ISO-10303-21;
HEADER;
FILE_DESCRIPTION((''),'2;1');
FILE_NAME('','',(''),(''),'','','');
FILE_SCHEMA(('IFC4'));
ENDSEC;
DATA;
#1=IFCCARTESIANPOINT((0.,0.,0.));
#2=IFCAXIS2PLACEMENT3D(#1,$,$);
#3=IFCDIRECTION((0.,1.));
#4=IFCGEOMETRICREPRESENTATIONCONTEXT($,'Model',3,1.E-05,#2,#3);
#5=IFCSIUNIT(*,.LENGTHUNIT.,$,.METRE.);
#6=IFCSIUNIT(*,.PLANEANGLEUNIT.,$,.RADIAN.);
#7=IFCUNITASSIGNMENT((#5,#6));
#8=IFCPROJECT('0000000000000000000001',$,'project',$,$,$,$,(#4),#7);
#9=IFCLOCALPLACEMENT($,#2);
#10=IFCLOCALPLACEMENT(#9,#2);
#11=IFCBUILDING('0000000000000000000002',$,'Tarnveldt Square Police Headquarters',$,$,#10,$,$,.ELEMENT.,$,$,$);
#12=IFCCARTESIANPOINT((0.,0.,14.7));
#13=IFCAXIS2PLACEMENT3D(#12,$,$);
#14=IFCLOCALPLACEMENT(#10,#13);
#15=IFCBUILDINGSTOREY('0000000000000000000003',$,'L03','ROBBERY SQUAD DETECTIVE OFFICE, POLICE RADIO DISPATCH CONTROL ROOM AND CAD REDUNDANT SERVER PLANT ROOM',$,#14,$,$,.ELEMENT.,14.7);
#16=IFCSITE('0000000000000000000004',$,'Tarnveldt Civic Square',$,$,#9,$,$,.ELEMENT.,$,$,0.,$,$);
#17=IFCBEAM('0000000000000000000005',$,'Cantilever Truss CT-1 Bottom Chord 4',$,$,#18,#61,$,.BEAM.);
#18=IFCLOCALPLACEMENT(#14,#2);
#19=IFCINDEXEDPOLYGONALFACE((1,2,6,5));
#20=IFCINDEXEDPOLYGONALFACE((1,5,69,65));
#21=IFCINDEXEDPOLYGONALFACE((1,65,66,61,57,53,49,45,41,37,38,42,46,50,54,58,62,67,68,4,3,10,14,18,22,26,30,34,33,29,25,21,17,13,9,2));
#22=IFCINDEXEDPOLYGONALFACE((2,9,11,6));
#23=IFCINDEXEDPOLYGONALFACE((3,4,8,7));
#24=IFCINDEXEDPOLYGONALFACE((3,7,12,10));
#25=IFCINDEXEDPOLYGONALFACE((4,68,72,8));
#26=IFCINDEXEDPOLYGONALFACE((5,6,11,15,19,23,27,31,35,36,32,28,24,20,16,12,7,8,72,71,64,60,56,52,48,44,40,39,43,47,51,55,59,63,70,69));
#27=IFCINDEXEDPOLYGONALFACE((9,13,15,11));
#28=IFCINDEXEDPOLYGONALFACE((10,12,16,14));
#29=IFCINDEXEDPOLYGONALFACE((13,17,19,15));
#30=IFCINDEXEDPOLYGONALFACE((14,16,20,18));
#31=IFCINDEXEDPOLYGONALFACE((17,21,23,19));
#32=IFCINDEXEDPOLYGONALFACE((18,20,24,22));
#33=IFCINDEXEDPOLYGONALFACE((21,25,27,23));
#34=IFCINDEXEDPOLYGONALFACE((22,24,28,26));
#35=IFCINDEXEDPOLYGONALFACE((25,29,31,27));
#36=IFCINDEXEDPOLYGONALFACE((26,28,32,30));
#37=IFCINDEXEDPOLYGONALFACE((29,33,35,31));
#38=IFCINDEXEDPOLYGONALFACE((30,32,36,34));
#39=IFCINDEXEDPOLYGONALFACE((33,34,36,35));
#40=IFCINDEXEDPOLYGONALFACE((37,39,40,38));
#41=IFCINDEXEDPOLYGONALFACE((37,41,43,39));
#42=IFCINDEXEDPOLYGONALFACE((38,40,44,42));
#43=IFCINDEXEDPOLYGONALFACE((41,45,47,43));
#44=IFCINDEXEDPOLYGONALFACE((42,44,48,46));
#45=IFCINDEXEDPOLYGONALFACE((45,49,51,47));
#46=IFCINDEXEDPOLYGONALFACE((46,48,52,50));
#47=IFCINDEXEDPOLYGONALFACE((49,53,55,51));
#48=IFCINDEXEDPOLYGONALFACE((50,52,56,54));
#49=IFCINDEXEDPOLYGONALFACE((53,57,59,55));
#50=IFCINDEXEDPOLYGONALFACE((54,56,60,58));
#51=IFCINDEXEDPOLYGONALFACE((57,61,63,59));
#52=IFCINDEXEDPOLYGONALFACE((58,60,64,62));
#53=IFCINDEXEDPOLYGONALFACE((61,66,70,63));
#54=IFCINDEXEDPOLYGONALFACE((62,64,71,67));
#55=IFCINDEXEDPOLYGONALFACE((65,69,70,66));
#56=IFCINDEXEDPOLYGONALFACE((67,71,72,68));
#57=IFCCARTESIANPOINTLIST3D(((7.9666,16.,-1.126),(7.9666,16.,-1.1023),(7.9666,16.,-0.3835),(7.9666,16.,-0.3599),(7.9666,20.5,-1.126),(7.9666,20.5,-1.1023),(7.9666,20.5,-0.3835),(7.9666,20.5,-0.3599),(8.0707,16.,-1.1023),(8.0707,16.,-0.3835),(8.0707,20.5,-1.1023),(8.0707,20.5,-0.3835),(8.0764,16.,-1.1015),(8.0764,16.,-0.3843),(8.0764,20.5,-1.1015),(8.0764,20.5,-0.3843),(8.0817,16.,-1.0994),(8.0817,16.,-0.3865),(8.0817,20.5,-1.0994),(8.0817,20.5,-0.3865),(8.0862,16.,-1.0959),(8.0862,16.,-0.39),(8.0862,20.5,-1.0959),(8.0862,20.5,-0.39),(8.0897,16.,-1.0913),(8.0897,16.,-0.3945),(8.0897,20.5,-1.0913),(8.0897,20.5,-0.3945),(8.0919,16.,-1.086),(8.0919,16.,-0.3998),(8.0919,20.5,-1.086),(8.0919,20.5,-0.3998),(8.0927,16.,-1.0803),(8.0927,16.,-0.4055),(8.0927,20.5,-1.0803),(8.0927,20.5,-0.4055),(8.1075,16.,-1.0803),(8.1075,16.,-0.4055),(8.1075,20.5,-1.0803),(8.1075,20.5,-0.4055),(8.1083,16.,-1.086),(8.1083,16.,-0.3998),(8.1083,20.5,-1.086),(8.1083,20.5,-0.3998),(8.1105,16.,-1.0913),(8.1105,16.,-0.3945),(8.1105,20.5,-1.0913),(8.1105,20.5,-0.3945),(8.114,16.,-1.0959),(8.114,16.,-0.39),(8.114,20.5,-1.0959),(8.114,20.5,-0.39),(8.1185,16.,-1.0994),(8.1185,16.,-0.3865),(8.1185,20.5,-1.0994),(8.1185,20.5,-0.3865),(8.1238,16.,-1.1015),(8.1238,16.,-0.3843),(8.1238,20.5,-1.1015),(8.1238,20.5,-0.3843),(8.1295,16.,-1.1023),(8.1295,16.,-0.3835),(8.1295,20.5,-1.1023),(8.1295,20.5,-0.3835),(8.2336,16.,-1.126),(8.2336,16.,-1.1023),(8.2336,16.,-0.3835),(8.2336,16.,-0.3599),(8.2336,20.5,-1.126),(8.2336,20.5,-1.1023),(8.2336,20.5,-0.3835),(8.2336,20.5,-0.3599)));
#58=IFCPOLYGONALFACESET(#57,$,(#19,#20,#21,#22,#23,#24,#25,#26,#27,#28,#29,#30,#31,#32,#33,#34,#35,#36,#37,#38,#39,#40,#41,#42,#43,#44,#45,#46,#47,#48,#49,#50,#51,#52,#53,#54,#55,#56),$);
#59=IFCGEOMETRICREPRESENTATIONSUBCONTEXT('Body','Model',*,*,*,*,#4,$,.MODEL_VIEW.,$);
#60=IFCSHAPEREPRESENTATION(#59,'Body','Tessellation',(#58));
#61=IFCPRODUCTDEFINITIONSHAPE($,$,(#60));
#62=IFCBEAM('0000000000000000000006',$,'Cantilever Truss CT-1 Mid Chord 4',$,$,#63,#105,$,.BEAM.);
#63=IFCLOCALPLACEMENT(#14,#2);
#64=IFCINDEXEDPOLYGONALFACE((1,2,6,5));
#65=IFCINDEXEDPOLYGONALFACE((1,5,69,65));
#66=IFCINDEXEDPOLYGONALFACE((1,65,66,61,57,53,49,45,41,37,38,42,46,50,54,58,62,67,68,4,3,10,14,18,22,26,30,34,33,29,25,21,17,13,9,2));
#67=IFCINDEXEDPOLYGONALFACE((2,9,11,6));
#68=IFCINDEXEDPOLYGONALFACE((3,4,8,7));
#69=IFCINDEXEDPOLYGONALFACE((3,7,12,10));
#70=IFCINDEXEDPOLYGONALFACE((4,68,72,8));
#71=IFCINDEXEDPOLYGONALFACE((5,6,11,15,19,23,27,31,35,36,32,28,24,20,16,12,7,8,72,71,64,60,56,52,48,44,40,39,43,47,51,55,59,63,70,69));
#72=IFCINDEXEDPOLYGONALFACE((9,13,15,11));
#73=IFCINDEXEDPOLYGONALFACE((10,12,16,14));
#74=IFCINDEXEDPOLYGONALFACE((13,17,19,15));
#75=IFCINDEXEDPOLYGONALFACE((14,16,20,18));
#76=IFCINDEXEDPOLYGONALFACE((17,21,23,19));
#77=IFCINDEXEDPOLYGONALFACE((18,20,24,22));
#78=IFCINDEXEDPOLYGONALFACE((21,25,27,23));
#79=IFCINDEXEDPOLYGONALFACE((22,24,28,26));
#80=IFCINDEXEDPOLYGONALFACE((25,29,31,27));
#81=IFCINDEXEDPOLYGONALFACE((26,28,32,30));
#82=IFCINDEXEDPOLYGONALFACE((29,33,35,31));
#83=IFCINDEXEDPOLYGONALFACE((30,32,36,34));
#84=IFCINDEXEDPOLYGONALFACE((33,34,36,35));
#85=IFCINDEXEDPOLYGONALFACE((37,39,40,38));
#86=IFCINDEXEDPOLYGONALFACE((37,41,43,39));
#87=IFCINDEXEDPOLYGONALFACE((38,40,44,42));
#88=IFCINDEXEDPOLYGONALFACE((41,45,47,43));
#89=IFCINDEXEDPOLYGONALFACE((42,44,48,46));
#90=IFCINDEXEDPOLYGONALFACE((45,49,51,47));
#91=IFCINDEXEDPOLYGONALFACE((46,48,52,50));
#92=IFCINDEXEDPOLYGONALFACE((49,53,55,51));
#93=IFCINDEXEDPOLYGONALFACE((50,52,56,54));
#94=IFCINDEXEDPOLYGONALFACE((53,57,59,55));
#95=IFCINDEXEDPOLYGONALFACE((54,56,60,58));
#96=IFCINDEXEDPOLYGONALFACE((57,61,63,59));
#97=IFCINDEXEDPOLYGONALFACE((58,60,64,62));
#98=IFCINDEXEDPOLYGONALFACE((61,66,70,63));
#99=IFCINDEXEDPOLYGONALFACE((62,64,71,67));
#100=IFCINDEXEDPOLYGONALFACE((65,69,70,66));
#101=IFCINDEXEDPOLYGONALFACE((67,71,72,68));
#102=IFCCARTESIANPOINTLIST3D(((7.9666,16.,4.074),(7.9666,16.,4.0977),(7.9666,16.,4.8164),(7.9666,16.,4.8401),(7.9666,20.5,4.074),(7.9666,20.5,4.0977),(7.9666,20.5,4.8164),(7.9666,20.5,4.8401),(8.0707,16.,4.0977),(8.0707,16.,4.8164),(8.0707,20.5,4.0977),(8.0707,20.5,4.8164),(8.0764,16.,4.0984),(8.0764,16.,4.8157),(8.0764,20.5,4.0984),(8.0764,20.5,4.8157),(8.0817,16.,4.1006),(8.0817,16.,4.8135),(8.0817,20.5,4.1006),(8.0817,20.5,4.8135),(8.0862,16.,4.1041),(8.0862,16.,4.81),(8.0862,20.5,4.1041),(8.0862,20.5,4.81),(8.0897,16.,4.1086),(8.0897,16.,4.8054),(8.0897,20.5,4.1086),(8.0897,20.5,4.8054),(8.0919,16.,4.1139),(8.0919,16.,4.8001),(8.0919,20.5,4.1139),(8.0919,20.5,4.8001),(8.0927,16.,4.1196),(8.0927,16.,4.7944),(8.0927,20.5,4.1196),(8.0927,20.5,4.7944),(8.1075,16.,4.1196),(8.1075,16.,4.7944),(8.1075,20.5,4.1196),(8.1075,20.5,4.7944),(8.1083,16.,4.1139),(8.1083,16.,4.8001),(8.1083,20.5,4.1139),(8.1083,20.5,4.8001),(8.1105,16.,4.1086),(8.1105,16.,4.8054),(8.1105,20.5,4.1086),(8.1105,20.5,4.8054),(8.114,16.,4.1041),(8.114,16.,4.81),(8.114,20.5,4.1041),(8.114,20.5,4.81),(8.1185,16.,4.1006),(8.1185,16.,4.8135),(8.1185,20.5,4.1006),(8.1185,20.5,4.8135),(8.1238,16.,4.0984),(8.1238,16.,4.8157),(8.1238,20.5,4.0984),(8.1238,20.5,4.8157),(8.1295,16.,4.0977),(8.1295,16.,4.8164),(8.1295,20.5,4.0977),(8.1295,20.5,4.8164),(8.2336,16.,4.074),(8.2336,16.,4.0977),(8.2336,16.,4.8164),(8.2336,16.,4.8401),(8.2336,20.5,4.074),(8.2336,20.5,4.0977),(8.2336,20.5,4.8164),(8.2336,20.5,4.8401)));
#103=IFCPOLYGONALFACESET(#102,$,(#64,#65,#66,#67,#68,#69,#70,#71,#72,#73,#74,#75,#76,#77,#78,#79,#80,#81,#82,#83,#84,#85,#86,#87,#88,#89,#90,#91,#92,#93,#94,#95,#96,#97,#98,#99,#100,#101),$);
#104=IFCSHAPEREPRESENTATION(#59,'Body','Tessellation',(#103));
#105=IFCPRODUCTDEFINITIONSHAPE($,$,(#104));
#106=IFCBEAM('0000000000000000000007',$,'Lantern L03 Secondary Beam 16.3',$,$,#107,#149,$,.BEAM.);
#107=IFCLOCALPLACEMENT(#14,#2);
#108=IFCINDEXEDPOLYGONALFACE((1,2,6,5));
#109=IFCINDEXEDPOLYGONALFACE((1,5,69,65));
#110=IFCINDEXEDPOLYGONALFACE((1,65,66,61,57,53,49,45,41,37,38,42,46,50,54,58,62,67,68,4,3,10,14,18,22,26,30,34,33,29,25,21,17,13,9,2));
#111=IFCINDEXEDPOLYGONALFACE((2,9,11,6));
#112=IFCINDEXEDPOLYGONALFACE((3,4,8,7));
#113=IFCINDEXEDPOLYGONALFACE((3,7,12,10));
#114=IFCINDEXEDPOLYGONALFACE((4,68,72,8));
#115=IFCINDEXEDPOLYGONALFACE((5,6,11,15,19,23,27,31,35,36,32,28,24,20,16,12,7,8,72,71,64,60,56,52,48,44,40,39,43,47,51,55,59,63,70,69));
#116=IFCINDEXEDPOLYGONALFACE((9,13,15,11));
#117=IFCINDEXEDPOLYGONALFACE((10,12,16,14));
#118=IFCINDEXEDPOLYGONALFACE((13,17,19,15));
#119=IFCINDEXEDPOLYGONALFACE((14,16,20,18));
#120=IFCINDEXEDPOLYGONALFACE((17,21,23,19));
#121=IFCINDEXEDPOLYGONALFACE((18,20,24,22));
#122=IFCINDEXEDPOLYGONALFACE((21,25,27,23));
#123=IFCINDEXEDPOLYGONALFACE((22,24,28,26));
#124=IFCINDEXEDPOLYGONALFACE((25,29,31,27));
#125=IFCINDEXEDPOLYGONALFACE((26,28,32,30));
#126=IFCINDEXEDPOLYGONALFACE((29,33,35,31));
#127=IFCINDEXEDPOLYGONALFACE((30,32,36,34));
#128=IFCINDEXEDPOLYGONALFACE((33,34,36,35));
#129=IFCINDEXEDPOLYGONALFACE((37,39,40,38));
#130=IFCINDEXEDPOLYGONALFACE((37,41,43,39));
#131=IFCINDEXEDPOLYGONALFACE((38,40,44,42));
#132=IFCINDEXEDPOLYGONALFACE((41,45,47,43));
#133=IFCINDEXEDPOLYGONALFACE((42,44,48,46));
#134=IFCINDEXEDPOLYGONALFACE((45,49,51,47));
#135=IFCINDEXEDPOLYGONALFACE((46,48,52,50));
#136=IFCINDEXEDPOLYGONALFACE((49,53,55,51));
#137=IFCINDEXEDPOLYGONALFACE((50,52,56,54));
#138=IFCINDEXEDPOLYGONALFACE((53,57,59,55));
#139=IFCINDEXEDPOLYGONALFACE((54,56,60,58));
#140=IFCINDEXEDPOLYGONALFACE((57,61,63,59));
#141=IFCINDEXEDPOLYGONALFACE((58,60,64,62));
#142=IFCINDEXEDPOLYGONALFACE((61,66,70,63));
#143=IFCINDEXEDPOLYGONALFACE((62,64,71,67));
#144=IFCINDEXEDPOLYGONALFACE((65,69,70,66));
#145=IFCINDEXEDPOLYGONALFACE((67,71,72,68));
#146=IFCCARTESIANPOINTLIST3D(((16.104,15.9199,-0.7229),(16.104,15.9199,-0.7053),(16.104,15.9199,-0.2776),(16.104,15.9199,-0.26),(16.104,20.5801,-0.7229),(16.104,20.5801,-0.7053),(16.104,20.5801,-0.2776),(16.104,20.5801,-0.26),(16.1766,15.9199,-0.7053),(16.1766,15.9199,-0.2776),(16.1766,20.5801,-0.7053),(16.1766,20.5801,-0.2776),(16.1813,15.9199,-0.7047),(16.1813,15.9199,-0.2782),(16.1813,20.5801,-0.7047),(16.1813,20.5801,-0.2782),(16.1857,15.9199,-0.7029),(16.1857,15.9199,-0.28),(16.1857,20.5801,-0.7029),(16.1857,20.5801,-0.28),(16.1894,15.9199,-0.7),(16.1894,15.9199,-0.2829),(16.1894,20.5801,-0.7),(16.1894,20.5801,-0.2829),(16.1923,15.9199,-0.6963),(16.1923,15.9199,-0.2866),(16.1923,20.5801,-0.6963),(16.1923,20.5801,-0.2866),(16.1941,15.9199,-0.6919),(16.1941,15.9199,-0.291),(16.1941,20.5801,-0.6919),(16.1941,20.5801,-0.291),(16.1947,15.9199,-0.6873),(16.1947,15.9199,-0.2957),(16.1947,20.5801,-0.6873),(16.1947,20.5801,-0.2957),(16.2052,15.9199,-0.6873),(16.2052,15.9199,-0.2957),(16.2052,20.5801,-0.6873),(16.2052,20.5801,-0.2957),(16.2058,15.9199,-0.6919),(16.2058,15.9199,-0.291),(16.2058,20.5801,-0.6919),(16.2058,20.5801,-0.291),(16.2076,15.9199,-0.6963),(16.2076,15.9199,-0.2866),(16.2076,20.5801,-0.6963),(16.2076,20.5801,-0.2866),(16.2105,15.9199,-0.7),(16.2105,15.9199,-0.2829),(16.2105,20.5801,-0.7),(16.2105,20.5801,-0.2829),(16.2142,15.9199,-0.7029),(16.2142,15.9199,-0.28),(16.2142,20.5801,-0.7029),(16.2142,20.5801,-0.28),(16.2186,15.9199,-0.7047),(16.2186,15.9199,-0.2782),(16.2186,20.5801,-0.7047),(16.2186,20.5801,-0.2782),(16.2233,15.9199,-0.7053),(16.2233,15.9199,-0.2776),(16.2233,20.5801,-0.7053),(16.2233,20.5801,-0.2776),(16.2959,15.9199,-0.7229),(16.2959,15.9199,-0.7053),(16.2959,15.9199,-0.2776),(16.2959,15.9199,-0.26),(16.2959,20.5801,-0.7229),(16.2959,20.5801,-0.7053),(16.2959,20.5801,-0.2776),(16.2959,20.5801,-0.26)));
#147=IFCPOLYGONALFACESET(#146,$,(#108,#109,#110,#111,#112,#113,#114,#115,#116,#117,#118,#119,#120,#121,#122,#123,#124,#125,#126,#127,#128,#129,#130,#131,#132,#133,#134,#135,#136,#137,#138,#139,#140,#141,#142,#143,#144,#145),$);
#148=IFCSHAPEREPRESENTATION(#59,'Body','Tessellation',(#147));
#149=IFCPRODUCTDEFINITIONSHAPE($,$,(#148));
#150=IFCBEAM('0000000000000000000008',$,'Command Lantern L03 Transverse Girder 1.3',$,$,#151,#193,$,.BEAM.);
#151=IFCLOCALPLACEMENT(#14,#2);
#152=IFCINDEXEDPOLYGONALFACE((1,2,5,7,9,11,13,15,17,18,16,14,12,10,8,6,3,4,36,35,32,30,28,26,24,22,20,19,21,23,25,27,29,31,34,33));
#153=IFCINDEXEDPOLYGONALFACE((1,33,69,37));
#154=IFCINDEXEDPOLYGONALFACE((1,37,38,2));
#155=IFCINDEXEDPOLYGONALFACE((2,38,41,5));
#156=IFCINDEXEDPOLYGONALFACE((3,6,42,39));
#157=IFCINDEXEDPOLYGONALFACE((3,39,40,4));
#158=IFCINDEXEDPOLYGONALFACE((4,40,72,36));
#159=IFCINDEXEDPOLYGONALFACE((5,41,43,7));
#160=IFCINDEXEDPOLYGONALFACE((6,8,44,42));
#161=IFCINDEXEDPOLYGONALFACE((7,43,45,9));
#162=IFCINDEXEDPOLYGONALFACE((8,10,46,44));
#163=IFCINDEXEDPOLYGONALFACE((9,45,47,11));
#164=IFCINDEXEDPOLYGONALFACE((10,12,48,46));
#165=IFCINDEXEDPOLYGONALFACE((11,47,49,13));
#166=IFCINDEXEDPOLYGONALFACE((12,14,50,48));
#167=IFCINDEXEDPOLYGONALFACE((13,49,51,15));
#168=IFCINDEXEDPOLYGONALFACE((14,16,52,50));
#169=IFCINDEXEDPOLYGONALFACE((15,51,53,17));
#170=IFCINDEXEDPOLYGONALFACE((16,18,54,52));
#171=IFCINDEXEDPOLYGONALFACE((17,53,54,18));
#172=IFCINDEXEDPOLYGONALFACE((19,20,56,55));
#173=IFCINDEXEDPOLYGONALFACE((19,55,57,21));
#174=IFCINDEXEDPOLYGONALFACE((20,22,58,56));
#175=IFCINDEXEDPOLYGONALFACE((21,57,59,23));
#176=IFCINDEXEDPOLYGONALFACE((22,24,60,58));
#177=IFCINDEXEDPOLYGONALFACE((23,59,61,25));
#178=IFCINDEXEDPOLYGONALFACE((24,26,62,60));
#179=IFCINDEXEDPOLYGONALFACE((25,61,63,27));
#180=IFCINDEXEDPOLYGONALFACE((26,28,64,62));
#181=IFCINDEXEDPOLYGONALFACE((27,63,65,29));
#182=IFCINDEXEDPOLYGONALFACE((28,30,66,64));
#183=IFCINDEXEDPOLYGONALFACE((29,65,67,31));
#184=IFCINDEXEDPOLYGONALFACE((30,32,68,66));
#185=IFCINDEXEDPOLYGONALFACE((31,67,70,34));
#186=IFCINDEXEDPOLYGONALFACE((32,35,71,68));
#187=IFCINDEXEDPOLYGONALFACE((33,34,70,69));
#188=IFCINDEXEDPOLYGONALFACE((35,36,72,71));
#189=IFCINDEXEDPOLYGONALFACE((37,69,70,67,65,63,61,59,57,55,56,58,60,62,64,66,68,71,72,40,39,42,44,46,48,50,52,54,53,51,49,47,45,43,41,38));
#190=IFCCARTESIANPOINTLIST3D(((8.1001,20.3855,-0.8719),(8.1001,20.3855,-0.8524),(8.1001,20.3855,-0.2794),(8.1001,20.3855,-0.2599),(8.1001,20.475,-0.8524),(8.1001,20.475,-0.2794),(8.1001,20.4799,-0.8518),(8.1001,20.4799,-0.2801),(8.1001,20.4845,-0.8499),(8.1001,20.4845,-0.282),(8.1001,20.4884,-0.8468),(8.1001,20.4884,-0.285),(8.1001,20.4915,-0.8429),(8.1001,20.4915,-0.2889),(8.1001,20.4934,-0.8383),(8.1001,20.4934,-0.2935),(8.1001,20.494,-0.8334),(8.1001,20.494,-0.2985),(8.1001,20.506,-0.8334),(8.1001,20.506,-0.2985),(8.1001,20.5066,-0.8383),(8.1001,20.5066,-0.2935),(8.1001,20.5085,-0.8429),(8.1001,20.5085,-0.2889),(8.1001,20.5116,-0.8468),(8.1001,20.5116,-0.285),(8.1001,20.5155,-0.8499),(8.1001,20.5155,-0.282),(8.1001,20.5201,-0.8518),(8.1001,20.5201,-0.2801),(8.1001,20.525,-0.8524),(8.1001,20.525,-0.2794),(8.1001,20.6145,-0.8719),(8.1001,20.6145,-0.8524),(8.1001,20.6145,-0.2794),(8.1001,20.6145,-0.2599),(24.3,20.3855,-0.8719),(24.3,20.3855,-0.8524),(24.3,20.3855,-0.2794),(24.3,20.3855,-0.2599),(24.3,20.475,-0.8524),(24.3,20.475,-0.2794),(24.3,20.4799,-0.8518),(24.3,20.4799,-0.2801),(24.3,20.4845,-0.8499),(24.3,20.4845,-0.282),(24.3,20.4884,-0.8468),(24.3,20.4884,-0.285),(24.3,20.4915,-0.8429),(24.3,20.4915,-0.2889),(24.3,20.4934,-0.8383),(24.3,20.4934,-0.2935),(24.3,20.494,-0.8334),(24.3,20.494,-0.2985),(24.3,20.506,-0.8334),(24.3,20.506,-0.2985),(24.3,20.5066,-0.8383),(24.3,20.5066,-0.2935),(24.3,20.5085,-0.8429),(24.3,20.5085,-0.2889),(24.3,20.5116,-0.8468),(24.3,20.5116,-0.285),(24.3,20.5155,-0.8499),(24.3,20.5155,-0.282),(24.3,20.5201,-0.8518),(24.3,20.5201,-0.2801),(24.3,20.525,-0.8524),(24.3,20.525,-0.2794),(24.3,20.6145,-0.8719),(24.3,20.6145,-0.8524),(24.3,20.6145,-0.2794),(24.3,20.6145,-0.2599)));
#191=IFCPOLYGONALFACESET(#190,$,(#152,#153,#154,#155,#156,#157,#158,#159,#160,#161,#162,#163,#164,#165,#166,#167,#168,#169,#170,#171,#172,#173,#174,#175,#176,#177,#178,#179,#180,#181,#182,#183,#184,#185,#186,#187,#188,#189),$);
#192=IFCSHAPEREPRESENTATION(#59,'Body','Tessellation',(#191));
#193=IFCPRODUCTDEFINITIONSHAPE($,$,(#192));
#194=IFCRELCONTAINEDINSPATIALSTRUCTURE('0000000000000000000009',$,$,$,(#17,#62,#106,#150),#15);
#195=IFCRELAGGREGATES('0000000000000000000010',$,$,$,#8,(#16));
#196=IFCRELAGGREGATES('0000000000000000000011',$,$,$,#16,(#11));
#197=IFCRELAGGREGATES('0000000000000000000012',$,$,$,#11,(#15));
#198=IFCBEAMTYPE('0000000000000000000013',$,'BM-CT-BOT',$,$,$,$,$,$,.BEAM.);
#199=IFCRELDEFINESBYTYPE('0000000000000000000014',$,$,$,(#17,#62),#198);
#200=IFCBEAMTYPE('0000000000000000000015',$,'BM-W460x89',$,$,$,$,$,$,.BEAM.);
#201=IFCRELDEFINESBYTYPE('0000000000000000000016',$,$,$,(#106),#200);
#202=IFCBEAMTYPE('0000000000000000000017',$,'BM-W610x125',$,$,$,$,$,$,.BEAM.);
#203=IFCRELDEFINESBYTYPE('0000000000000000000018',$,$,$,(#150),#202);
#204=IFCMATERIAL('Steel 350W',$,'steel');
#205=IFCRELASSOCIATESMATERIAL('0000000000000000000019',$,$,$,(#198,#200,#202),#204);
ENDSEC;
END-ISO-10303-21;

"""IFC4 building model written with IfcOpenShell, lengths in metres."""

from ifc_helpers import new_model, si_unit, direction, frame, origin, origin_2d, place, context, subcontext, project, spatial, i_section, extrude, material, material_profile, profile_set, type_object, element, save


model = new_model("IFC4")

# Units and contexts
model_context = context("Model", 3, precision=1e-05, world=origin(), true_north=direction((0.0, 1.0)))
body_context = subcontext(model_context, "Body", "Model", "MODEL_VIEW")
ifc_project = project(units=[si_unit("LENGTHUNIT", "METRE"), si_unit("PLANEANGLEUNIT", "RADIAN")], contexts=[model_context])

# Site, building, storey
site_placement = place(None, origin())
site = spatial("IfcSite", under=ifc_project, at=site_placement, Name="Tarnveldt Civic Square", CompositionType="ELEMENT", RefElevation=0.0)
building_placement = place(site_placement, origin())
building = spatial("IfcBuilding", under=site, at=building_placement, Name="Tarnveldt Square Police Headquarters", CompositionType="ELEMENT")
storey_placement = place(building_placement, frame((0.0, 0.0, 14.7)))
storey = spatial("IfcBuildingStorey", under=building, at=storey_placement, Name="L03", Description="ROBBERY SQUAD DETECTIVE OFFICE, POLICE RADIO DISPATCH CONTROL ROOM AND CAD REDUNDANT SERVER PLANT ROOM", CompositionType="ELEMENT", Elevation=14.7)

# Beams
ifc_material_1 = material(Name="Steel 350W", Category="steel")
ifc_material_profile_1 = material_profile(ifc_material_1, i_section(OverallWidth=0.2671, OverallDepth=0.7661, WebThickness=0.0149, FlangeThickness=0.0237, FilletRadius=0.022, at=origin_2d()), Name="W760x185")
ifc_profile_set_1 = profile_set([ifc_material_profile_1], Name="Steel 350W")
beam_type_1 = type_object("IfcBeamType", Name="BM-CT-BOT", PredefinedType="BEAM", material=ifc_profile_set_1)
for number, where, z_axis, x_axis, name in (
    (1, (8.1001, 20.5, -0.7429), (0.0, -1.0, 0.0), (1.0, 0.0, 0.0), "Cantilever Truss CT-1 Bottom Chord 4"),
    (2, (8.1001, 20.5, 4.457), (0.0, -1.0, 0.0), (1.0, 0.0, 0.0), "Cantilever Truss CT-1 Mid Chord 4"),
):
    element("IfcBeam", number, at=place(storey_placement, frame(where, z_axis=z_axis, x_axis=x_axis)), inside=storey, type_object=beam_type_1, Name=name, PredefinedType="BEAM", context=body_context, shape_type="SweptSolid", body=[
        extrude(i_section(OverallWidth=0.2671, OverallDepth=0.7661, WebThickness=0.0149, FlangeThickness=0.0237, FilletRadius=0.022, at=origin_2d()), origin(), (0.0, 0.0, 1.0), 4.5),
    ])
ifc_material_profile_2 = material_profile(ifc_material_1, i_section(OverallWidth=0.1919, OverallDepth=0.4629, WebThickness=0.0105, FlangeThickness=0.0176, FilletRadius=0.0181, at=origin_2d()), Name="W460x89")
ifc_profile_set_2 = profile_set([ifc_material_profile_2], Name="Steel 350W")
beam_type_2 = type_object("IfcBeamType", Name="BM-W460x89", PredefinedType="BEAM", material=ifc_profile_set_2)
beam_1_placement = place(storey_placement, frame((16.2, 20.5801, -0.4915), z_axis=(0.0, -1.0, 0.0), x_axis=(1.0, 0.0, 0.0)))
element("IfcBeam", 3, at=beam_1_placement, inside=storey, type_object=beam_type_2, Name="Lantern L03 Secondary Beam 16.3", PredefinedType="BEAM", context=body_context, shape_type="SweptSolid", body=[
    extrude(i_section(OverallWidth=0.1919, OverallDepth=0.4629, WebThickness=0.0105, FlangeThickness=0.0176, FilletRadius=0.0181, at=origin_2d()), origin(), (0.0, 0.0, 1.0), 4.6602),
])
ifc_material_profile_3 = material_profile(ifc_material_1, i_section(OverallWidth=0.229, OverallDepth=0.6121, WebThickness=0.012, FlangeThickness=0.0195, FilletRadius=0.019, at=origin_2d()), Name="W610x125")
ifc_profile_set_3 = profile_set([ifc_material_profile_3], Name="Steel 350W")
beam_type_3 = type_object("IfcBeamType", Name="BM-W610x125", PredefinedType="BEAM", material=ifc_profile_set_3)
beam_2_placement = place(storey_placement, frame((8.1001, 20.5, -0.5659), z_axis=(1.0, 0.0, 0.0), x_axis=(0.0, 1.0, 0.0)))
element("IfcBeam", 4, at=beam_2_placement, inside=storey, type_object=beam_type_3, Name="Command Lantern L03 Transverse Girder 1.3", PredefinedType="BEAM", context=body_context, shape_type="SweptSolid", body=[
    extrude(i_section(OverallWidth=0.229, OverallDepth=0.6121, WebThickness=0.012, FlangeThickness=0.0195, FilletRadius=0.019, at=origin_2d()), origin(), (0.0, 0.0, 1.0), 16.2),
])

save(model, "model.ifc")
